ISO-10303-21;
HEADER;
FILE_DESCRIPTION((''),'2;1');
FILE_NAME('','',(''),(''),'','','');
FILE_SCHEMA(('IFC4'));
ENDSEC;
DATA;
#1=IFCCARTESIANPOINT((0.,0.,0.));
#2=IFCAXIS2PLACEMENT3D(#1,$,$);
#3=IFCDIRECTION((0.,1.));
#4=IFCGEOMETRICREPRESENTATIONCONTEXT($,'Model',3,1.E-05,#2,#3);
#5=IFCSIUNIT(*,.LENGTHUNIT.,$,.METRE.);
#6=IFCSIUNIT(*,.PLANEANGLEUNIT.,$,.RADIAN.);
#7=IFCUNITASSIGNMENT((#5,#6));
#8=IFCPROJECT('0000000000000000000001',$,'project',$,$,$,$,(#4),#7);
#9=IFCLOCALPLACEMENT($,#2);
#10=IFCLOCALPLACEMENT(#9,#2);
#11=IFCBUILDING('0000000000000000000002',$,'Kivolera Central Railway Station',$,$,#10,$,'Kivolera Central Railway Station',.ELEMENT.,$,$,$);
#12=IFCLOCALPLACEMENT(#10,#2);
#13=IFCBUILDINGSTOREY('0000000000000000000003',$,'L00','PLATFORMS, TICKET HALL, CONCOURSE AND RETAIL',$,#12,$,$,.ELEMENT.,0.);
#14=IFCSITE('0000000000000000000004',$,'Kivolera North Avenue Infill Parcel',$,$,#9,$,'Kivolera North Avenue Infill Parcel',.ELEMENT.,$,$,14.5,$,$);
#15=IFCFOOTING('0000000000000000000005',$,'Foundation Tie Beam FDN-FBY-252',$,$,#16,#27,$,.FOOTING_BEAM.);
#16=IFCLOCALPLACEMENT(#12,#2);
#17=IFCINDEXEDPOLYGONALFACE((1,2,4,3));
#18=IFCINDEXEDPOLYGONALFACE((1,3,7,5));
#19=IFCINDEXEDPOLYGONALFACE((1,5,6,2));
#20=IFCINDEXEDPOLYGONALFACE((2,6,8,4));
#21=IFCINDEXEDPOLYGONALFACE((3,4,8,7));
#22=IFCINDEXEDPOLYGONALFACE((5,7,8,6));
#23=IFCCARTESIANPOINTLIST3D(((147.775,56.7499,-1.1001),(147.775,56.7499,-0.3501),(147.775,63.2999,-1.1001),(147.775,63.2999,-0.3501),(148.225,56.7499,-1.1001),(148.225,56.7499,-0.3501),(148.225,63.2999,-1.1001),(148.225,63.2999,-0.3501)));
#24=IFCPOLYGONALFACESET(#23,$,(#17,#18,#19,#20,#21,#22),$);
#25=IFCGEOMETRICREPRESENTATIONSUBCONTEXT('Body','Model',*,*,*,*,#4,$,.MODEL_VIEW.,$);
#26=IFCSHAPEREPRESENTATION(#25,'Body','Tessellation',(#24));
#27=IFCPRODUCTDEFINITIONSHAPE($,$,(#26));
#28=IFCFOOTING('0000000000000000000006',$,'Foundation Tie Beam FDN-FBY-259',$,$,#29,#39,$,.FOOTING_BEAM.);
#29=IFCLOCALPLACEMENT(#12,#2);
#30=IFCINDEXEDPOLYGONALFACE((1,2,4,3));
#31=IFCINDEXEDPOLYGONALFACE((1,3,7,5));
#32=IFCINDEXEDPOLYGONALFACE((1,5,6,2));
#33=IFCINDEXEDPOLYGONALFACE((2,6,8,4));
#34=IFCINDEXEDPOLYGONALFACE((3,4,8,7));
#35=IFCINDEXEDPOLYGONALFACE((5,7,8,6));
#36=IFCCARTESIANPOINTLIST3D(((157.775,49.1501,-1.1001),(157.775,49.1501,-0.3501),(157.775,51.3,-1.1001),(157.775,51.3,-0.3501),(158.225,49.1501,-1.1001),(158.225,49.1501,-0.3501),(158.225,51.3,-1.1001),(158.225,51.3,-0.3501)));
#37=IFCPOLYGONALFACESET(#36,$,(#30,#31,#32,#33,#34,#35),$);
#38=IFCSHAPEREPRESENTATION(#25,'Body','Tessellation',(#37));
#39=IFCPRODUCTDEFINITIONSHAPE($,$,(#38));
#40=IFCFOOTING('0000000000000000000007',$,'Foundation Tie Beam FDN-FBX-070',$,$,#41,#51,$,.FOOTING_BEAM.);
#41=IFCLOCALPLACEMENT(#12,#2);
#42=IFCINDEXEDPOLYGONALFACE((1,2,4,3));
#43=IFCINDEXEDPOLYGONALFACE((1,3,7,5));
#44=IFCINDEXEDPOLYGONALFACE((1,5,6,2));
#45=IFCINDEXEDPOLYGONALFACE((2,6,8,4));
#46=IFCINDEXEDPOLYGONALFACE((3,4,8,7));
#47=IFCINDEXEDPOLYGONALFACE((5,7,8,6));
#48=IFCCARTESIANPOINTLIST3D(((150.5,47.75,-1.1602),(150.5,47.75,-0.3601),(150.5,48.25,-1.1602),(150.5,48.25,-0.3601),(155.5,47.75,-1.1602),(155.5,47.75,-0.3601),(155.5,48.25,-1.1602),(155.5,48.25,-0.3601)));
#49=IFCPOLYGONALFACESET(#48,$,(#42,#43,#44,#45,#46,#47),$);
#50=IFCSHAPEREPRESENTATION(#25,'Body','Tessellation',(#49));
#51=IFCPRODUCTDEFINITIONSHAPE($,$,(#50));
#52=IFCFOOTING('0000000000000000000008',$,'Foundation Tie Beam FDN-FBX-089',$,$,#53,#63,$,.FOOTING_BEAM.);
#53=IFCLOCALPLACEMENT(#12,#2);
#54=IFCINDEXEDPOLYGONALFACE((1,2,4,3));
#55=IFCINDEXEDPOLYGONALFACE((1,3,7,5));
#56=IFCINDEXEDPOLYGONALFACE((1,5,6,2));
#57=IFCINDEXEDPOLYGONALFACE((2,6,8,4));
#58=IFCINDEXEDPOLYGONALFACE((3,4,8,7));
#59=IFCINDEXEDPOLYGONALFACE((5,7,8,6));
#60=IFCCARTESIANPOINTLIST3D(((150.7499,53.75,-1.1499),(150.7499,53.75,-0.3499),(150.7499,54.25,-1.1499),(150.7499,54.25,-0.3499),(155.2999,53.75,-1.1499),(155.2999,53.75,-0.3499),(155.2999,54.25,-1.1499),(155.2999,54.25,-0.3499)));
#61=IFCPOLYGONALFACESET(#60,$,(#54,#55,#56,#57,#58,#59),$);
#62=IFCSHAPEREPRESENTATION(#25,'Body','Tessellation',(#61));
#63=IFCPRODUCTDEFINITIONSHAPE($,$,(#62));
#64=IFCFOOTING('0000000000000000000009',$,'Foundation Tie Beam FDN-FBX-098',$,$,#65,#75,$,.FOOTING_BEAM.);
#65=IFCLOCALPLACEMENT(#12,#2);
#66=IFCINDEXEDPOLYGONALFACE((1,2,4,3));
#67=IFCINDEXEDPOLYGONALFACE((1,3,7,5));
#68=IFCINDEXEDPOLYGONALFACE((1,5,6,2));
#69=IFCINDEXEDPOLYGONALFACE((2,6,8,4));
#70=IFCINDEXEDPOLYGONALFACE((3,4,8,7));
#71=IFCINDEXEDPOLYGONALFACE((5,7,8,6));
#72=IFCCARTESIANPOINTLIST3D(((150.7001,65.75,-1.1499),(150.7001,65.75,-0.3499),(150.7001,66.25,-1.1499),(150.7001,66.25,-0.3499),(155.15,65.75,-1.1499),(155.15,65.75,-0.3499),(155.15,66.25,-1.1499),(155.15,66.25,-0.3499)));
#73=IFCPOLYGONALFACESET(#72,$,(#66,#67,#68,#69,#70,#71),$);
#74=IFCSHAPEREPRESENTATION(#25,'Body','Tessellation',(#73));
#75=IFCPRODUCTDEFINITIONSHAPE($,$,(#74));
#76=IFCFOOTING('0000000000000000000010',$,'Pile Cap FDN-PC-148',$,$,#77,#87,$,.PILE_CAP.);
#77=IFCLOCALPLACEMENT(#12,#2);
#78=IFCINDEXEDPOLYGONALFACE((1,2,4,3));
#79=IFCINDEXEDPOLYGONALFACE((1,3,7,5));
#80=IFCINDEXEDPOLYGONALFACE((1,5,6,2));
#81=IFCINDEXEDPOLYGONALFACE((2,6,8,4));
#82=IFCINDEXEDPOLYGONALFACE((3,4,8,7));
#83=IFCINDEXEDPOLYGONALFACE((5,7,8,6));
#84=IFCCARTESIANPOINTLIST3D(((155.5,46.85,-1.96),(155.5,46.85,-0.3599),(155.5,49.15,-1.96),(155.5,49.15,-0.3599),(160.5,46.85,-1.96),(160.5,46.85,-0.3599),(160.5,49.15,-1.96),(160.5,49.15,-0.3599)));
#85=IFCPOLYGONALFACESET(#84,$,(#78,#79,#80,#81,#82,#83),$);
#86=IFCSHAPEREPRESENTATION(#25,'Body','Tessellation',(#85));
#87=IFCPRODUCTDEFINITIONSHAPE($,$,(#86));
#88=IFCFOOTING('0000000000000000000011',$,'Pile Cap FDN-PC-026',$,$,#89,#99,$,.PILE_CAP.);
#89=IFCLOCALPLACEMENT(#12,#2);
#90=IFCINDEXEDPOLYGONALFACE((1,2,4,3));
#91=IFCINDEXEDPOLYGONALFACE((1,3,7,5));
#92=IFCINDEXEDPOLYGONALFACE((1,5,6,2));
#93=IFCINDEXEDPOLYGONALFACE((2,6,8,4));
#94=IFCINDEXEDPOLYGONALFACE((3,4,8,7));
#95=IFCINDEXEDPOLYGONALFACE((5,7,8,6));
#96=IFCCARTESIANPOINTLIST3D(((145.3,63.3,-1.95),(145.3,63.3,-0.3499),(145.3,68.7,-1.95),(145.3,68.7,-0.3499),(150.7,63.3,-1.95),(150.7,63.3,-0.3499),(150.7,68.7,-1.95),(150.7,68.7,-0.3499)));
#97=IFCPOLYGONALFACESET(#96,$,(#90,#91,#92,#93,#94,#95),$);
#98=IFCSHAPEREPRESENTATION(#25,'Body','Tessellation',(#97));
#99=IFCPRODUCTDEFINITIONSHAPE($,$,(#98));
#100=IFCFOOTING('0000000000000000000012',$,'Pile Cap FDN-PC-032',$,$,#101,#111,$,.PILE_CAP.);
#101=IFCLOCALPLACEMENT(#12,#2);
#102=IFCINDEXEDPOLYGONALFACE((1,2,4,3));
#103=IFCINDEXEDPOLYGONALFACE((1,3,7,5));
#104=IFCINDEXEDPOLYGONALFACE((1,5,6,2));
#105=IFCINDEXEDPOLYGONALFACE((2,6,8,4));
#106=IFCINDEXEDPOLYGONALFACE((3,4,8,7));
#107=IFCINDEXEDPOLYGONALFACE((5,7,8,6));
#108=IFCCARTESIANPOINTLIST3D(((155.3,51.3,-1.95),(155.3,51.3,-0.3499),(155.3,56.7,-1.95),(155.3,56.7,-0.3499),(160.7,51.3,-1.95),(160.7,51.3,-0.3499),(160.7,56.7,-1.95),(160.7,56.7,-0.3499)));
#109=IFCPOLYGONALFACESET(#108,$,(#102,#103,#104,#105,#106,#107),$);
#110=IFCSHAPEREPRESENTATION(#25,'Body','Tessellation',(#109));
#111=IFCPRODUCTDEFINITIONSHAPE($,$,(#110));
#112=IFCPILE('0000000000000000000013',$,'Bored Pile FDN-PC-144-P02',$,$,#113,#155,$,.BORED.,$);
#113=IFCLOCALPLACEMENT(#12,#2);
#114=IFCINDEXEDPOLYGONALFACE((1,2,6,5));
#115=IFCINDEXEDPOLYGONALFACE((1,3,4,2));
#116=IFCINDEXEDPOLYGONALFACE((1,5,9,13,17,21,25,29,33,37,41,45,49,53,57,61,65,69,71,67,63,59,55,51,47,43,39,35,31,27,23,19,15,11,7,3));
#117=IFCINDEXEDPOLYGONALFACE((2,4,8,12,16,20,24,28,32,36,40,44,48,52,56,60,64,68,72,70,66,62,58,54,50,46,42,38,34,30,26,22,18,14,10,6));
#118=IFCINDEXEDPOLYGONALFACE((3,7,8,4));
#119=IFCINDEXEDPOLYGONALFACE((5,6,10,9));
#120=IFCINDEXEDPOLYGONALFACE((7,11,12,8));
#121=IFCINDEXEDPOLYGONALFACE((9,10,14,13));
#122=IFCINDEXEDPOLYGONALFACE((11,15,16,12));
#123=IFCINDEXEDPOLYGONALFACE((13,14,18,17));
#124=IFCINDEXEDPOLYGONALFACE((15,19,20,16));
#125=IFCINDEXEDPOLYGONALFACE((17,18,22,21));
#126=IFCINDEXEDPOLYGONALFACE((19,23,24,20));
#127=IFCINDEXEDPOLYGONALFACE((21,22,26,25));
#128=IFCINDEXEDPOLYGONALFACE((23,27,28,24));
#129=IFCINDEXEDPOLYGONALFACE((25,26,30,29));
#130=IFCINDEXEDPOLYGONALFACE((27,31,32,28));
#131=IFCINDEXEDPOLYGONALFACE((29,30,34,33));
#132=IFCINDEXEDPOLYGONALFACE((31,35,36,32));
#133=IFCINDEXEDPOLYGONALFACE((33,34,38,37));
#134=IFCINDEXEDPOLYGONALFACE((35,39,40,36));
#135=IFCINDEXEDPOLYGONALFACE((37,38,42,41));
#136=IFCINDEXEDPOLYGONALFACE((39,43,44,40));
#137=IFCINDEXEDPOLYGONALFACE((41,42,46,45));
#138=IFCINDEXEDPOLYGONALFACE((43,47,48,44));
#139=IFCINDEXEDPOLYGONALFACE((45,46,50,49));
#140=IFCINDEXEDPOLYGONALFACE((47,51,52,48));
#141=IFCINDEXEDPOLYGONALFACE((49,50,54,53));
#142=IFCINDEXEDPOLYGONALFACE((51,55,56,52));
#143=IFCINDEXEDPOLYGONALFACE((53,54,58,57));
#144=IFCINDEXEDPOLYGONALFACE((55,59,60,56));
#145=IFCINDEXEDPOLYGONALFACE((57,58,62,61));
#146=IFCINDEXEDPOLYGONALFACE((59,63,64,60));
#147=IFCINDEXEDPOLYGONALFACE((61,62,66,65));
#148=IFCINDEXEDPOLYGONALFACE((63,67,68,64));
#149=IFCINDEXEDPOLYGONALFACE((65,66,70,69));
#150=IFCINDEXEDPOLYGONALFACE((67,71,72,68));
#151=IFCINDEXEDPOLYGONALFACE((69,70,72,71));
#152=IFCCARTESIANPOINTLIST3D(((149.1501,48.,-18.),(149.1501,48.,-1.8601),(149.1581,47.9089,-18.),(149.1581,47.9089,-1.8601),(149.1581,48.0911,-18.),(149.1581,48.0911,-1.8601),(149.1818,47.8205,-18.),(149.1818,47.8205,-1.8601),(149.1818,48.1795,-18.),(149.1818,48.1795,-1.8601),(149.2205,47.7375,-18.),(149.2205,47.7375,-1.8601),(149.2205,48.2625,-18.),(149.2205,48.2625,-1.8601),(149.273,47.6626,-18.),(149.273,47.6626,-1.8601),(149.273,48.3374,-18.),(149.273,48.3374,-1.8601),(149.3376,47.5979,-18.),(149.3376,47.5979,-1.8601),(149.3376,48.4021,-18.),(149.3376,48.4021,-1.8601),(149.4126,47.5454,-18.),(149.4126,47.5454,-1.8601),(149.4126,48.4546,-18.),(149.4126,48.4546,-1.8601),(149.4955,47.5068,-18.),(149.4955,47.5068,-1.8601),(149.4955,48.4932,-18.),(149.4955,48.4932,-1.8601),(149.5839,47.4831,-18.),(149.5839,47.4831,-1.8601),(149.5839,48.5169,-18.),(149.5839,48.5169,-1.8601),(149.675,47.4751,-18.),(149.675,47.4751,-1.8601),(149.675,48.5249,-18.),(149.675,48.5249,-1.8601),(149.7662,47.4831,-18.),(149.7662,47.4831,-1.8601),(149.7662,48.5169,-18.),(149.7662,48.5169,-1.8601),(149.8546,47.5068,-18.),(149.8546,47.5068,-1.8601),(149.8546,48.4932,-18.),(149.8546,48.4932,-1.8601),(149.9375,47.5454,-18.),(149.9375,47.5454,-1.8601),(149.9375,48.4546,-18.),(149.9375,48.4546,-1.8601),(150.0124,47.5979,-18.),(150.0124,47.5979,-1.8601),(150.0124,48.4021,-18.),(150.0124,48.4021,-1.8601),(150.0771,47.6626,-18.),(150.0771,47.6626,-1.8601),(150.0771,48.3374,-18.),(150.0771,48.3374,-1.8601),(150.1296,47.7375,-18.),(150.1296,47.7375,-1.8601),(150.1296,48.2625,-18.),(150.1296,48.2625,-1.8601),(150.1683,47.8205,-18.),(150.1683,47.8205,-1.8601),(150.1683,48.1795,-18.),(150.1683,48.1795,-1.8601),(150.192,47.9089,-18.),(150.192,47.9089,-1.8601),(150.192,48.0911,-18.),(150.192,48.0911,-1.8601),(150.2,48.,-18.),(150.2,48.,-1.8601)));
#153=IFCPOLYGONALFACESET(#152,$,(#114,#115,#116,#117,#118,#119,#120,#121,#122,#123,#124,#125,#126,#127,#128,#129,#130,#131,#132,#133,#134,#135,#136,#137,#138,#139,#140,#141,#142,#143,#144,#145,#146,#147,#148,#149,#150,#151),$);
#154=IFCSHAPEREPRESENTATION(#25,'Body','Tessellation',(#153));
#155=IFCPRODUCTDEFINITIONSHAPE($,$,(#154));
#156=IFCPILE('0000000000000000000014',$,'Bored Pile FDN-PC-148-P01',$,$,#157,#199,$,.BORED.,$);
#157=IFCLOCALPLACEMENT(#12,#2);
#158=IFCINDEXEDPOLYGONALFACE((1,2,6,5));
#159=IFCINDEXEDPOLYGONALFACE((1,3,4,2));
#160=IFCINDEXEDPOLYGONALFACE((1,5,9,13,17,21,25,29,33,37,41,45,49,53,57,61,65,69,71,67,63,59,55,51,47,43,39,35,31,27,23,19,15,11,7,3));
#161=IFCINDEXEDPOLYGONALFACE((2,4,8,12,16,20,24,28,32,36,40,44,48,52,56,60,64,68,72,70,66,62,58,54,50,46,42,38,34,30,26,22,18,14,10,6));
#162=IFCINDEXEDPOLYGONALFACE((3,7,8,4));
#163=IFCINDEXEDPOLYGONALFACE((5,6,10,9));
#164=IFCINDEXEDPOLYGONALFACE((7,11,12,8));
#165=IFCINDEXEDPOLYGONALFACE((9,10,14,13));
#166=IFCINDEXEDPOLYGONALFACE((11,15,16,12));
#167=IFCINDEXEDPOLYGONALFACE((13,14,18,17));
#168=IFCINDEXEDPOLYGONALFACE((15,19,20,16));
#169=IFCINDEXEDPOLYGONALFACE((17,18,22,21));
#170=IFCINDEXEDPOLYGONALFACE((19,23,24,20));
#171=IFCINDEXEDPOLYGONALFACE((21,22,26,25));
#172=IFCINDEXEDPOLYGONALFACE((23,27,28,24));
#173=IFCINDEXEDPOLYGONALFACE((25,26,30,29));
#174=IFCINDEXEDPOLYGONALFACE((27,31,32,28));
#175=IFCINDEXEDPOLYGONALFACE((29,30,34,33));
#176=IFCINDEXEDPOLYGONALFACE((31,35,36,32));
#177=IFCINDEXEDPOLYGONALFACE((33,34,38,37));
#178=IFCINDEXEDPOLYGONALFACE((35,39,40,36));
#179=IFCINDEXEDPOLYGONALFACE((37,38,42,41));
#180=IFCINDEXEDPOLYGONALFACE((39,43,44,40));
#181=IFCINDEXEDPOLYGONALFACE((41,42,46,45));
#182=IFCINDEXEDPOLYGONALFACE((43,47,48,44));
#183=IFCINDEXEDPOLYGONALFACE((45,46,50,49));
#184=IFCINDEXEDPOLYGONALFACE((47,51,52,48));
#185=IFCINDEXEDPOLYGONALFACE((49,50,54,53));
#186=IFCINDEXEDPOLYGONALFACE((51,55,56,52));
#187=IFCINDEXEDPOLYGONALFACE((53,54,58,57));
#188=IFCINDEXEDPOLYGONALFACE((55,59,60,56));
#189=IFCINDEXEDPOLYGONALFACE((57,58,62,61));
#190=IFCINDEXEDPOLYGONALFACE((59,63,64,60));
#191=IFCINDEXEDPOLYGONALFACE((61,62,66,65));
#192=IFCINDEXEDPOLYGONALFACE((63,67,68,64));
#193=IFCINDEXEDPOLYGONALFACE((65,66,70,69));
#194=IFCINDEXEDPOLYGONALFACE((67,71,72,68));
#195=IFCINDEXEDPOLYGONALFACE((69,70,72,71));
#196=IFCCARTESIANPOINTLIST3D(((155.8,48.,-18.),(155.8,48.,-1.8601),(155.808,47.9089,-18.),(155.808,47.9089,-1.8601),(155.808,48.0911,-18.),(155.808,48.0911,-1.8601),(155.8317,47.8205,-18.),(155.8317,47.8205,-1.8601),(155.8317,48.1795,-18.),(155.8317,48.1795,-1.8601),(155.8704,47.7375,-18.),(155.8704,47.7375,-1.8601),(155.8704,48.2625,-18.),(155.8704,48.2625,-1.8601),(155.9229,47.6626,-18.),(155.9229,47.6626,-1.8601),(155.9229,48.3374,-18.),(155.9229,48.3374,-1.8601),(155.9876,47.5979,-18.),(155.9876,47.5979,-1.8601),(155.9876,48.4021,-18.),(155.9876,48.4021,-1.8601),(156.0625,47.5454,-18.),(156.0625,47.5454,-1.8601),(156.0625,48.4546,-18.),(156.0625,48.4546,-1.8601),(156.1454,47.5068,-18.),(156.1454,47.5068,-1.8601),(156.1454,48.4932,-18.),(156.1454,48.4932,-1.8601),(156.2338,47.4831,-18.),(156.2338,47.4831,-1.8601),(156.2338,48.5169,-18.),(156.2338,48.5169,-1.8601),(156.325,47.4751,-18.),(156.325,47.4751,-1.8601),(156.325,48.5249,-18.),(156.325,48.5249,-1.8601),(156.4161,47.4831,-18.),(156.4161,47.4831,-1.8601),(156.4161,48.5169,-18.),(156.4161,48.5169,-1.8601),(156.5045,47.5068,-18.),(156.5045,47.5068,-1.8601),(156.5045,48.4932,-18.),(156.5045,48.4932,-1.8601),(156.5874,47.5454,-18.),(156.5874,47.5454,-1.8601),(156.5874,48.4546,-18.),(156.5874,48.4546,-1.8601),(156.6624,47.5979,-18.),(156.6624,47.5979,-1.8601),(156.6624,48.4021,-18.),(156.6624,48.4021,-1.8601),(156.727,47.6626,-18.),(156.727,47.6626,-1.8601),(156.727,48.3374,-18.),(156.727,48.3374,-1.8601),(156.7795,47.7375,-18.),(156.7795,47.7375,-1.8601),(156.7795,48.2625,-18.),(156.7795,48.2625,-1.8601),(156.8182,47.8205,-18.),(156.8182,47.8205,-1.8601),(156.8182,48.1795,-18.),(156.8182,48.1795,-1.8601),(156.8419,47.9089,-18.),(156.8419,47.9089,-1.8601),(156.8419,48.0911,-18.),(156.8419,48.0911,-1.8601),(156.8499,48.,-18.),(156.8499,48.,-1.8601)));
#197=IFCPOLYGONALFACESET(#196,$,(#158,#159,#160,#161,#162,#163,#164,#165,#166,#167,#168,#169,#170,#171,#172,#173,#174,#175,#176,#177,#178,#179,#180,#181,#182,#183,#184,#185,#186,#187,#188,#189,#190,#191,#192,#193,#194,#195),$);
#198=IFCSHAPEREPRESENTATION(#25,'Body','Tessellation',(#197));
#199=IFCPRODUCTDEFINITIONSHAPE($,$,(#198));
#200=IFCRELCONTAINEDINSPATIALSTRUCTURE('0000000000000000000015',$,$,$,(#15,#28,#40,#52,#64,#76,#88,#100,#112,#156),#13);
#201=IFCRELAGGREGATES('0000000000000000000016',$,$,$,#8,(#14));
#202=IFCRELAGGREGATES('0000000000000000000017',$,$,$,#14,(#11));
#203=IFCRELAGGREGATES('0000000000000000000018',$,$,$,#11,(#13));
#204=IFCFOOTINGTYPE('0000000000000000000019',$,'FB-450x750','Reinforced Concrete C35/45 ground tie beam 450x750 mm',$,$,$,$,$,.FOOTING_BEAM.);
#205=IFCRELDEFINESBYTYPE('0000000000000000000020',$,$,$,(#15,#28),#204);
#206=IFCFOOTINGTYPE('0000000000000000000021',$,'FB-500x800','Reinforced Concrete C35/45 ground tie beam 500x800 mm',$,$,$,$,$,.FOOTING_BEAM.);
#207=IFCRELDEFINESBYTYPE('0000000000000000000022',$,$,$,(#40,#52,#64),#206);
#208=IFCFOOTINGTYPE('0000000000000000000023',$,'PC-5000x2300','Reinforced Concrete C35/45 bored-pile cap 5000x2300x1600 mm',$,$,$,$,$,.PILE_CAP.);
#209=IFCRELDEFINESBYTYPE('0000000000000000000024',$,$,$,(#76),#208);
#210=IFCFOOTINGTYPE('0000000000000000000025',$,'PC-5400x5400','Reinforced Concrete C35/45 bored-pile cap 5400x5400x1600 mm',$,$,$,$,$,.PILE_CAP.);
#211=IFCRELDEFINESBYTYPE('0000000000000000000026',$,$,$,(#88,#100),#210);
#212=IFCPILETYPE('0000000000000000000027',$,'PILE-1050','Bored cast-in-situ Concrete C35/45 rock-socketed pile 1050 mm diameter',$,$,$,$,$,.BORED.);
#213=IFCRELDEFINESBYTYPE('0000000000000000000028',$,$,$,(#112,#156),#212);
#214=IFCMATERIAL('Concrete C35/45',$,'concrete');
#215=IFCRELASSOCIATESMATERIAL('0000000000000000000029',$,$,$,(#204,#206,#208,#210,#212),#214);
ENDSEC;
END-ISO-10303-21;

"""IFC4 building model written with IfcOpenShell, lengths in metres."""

from ifc_helpers import new_model, si_unit, direction, frame, origin, origin_2d, place, context, subcontext, project, spatial, rectangle, circle, extrude, material, material_profile, profile_set, type_object, element, save


model = new_model("IFC4")

# Units and contexts
model_context = context("Model", 3, precision=1e-05, world=origin(), true_north=direction((0.0, 1.0)))
body_context = subcontext(model_context, "Body", "Model", "MODEL_VIEW")
ifc_project = project(units=[si_unit("LENGTHUNIT", "METRE"), si_unit("PLANEANGLEUNIT", "RADIAN")], contexts=[model_context])

# Site, building, storey
site_placement = place(None, origin())
site = spatial("IfcSite", under=ifc_project, at=site_placement, Name="Kivolera North Avenue Infill Parcel", LongName="Kivolera North Avenue Infill Parcel", CompositionType="ELEMENT", RefElevation=14.5)
building_placement = place(site_placement, origin())
building = spatial("IfcBuilding", under=site, at=building_placement, Name="Kivolera Central Railway Station", LongName="Kivolera Central Railway Station", CompositionType="ELEMENT")
storey_placement = place(building_placement, origin())
storey = spatial("IfcBuildingStorey", under=building, at=storey_placement, Name="L00", Description="PLATFORMS, TICKET HALL, CONCOURSE AND RETAIL", CompositionType="ELEMENT", Elevation=0.0)

# Footings
ifc_material_1 = material(Name="Concrete C35/45", Category="concrete")
footing_type_1 = type_object("IfcFootingType", Name="FB-450x750", Description="Reinforced Concrete C35/45 ground tie beam 450x750 mm", PredefinedType="FOOTING_BEAM", material=ifc_material_1)
footing_1_placement = place(storey_placement, frame((148.0, 60.0249, -1.1001), z_axis=(0.0, 0.0, 1.0), x_axis=(1.0, 0.0, 0.0)))
element("IfcFooting", 1, at=footing_1_placement, inside=storey, type_object=footing_type_1, Name="Foundation Tie Beam FDN-FBY-252", PredefinedType="FOOTING_BEAM", context=body_context, shape_type="SweptSolid", body=[
    extrude(rectangle(XDim=0.45, YDim=6.55, at=origin_2d()), origin(), (0.0, 0.0, 1.0), 0.75),
])
footing_2_placement = place(storey_placement, frame((158.0, 50.2251, -1.1001), z_axis=(0.0, 0.0, 1.0), x_axis=(1.0, 0.0, 0.0)))
element("IfcFooting", 2, at=footing_2_placement, inside=storey, type_object=footing_type_1, Name="Foundation Tie Beam FDN-FBY-259", PredefinedType="FOOTING_BEAM", context=body_context, shape_type="SweptSolid", body=[
    extrude(rectangle(XDim=0.45, YDim=2.1499, at=origin_2d()), origin(), (0.0, 0.0, 1.0), 0.75),
])
footing_type_2 = type_object("IfcFootingType", Name="FB-500x800", Description="Reinforced Concrete C35/45 ground tie beam 500x800 mm", PredefinedType="FOOTING_BEAM", material=ifc_material_1)
footing_3_placement = place(storey_placement, frame((153.0, 48.0, -1.1602), z_axis=(0.0, 0.0, 1.0), x_axis=(1.0, 0.0, 0.0)))
element("IfcFooting", 3, at=footing_3_placement, inside=storey, type_object=footing_type_2, Name="Foundation Tie Beam FDN-FBX-070", PredefinedType="FOOTING_BEAM", context=body_context, shape_type="SweptSolid", body=[
    extrude(rectangle(XDim=5.0, YDim=0.5, at=origin_2d()), origin(), (0.0, 0.0, 1.0), 0.8),
])
footing_4_placement = place(storey_placement, frame((153.0249, 54.0, -1.1499), z_axis=(0.0, 0.0, 1.0), x_axis=(1.0, 0.0, 0.0)))
element("IfcFooting", 4, at=footing_4_placement, inside=storey, type_object=footing_type_2, Name="Foundation Tie Beam FDN-FBX-089", PredefinedType="FOOTING_BEAM", context=body_context, shape_type="SweptSolid", body=[
    extrude(rectangle(XDim=4.55, YDim=0.5, at=origin_2d()), origin(), (0.0, 0.0, 1.0), 0.8),
])
footing_5_placement = place(storey_placement, frame((152.925, 66.0, -1.1499), z_axis=(0.0, 0.0, 1.0), x_axis=(1.0, 0.0, 0.0)))
element("IfcFooting", 5, at=footing_5_placement, inside=storey, type_object=footing_type_2, Name="Foundation Tie Beam FDN-FBX-098", PredefinedType="FOOTING_BEAM", context=body_context, shape_type="SweptSolid", body=[
    extrude(rectangle(XDim=4.45, YDim=0.5, at=origin_2d()), origin(), (0.0, 0.0, 1.0), 0.8),
])
footing_type_3 = type_object("IfcFootingType", Name="PC-5000x2300", Description="Reinforced Concrete C35/45 bored-pile cap 5000x2300x1600 mm", PredefinedType="PILE_CAP", material=ifc_material_1)
footing_6_placement = place(storey_placement, frame((158.0, 48.0, -1.96), z_axis=(0.0, 0.0, 1.0), x_axis=(1.0, 0.0, 0.0)))
element("IfcFooting", 6, at=footing_6_placement, inside=storey, type_object=footing_type_3, Name="Pile Cap FDN-PC-148", PredefinedType="PILE_CAP", context=body_context, shape_type="SweptSolid", body=[
    extrude(rectangle(XDim=5.0, YDim=2.3, at=origin_2d()), origin(), (0.0, 0.0, 1.0), 1.6001),
])
footing_type_4 = type_object("IfcFootingType", Name="PC-5400x5400", Description="Reinforced Concrete C35/45 bored-pile cap 5400x5400x1600 mm", PredefinedType="PILE_CAP", material=ifc_material_1)
for number, where, z_axis, x_axis, name in (
    (7, (148.0, 66.0, -1.95), (0.0, 0.0, 1.0), (1.0, 0.0, 0.0), "Pile Cap FDN-PC-026"),
    (8, (158.0, 54.0, -1.95), (0.0, 0.0, 1.0), (1.0, 0.0, 0.0), "Pile Cap FDN-PC-032"),
):
    element("IfcFooting", number, at=place(storey_placement, frame(where, z_axis=z_axis, x_axis=x_axis)), inside=storey, type_object=footing_type_4, Name=name, PredefinedType="PILE_CAP", context=body_context, shape_type="SweptSolid", body=[
        extrude(rectangle(XDim=5.3999, YDim=5.3999, at=origin_2d()), origin(), (0.0, 0.0, 1.0), 1.6001),
    ])

# Piles
ifc_material_profile_1 = material_profile(ifc_material_1, circle(Radius=0.5249, at=origin_2d()), Name="PILE D1050")
ifc_profile_set_1 = profile_set([ifc_material_profile_1], Name="Concrete C35/45")
pile_type_1 = type_object("IfcPileType", Name="PILE-1050", Description="Bored cast-in-situ Concrete C35/45 rock-socketed pile 1050 mm diameter", PredefinedType="BORED", material=ifc_profile_set_1)
for number, where, z_axis, x_axis, name in (
    (9, (149.675, 48.0, -1.8601), (0.0, 0.0, -1.0), (1.0, 0.0, 0.0), "Bored Pile FDN-PC-144-P02"),
    (10, (156.325, 48.0, -1.8601), (0.0, 0.0, -1.0), (1.0, 0.0, 0.0), "Bored Pile FDN-PC-148-P01"),
):
    element("IfcPile", number, at=place(storey_placement, frame(where, z_axis=z_axis, x_axis=x_axis)), inside=storey, type_object=pile_type_1, Name=name, PredefinedType="BORED", context=body_context, shape_type="SweptSolid", body=[
        extrude(circle(Radius=0.5249, at=origin_2d()), origin(), (0.0, 0.0, 1.0), 16.1399),
    ])

save(model, "model.ifc")
